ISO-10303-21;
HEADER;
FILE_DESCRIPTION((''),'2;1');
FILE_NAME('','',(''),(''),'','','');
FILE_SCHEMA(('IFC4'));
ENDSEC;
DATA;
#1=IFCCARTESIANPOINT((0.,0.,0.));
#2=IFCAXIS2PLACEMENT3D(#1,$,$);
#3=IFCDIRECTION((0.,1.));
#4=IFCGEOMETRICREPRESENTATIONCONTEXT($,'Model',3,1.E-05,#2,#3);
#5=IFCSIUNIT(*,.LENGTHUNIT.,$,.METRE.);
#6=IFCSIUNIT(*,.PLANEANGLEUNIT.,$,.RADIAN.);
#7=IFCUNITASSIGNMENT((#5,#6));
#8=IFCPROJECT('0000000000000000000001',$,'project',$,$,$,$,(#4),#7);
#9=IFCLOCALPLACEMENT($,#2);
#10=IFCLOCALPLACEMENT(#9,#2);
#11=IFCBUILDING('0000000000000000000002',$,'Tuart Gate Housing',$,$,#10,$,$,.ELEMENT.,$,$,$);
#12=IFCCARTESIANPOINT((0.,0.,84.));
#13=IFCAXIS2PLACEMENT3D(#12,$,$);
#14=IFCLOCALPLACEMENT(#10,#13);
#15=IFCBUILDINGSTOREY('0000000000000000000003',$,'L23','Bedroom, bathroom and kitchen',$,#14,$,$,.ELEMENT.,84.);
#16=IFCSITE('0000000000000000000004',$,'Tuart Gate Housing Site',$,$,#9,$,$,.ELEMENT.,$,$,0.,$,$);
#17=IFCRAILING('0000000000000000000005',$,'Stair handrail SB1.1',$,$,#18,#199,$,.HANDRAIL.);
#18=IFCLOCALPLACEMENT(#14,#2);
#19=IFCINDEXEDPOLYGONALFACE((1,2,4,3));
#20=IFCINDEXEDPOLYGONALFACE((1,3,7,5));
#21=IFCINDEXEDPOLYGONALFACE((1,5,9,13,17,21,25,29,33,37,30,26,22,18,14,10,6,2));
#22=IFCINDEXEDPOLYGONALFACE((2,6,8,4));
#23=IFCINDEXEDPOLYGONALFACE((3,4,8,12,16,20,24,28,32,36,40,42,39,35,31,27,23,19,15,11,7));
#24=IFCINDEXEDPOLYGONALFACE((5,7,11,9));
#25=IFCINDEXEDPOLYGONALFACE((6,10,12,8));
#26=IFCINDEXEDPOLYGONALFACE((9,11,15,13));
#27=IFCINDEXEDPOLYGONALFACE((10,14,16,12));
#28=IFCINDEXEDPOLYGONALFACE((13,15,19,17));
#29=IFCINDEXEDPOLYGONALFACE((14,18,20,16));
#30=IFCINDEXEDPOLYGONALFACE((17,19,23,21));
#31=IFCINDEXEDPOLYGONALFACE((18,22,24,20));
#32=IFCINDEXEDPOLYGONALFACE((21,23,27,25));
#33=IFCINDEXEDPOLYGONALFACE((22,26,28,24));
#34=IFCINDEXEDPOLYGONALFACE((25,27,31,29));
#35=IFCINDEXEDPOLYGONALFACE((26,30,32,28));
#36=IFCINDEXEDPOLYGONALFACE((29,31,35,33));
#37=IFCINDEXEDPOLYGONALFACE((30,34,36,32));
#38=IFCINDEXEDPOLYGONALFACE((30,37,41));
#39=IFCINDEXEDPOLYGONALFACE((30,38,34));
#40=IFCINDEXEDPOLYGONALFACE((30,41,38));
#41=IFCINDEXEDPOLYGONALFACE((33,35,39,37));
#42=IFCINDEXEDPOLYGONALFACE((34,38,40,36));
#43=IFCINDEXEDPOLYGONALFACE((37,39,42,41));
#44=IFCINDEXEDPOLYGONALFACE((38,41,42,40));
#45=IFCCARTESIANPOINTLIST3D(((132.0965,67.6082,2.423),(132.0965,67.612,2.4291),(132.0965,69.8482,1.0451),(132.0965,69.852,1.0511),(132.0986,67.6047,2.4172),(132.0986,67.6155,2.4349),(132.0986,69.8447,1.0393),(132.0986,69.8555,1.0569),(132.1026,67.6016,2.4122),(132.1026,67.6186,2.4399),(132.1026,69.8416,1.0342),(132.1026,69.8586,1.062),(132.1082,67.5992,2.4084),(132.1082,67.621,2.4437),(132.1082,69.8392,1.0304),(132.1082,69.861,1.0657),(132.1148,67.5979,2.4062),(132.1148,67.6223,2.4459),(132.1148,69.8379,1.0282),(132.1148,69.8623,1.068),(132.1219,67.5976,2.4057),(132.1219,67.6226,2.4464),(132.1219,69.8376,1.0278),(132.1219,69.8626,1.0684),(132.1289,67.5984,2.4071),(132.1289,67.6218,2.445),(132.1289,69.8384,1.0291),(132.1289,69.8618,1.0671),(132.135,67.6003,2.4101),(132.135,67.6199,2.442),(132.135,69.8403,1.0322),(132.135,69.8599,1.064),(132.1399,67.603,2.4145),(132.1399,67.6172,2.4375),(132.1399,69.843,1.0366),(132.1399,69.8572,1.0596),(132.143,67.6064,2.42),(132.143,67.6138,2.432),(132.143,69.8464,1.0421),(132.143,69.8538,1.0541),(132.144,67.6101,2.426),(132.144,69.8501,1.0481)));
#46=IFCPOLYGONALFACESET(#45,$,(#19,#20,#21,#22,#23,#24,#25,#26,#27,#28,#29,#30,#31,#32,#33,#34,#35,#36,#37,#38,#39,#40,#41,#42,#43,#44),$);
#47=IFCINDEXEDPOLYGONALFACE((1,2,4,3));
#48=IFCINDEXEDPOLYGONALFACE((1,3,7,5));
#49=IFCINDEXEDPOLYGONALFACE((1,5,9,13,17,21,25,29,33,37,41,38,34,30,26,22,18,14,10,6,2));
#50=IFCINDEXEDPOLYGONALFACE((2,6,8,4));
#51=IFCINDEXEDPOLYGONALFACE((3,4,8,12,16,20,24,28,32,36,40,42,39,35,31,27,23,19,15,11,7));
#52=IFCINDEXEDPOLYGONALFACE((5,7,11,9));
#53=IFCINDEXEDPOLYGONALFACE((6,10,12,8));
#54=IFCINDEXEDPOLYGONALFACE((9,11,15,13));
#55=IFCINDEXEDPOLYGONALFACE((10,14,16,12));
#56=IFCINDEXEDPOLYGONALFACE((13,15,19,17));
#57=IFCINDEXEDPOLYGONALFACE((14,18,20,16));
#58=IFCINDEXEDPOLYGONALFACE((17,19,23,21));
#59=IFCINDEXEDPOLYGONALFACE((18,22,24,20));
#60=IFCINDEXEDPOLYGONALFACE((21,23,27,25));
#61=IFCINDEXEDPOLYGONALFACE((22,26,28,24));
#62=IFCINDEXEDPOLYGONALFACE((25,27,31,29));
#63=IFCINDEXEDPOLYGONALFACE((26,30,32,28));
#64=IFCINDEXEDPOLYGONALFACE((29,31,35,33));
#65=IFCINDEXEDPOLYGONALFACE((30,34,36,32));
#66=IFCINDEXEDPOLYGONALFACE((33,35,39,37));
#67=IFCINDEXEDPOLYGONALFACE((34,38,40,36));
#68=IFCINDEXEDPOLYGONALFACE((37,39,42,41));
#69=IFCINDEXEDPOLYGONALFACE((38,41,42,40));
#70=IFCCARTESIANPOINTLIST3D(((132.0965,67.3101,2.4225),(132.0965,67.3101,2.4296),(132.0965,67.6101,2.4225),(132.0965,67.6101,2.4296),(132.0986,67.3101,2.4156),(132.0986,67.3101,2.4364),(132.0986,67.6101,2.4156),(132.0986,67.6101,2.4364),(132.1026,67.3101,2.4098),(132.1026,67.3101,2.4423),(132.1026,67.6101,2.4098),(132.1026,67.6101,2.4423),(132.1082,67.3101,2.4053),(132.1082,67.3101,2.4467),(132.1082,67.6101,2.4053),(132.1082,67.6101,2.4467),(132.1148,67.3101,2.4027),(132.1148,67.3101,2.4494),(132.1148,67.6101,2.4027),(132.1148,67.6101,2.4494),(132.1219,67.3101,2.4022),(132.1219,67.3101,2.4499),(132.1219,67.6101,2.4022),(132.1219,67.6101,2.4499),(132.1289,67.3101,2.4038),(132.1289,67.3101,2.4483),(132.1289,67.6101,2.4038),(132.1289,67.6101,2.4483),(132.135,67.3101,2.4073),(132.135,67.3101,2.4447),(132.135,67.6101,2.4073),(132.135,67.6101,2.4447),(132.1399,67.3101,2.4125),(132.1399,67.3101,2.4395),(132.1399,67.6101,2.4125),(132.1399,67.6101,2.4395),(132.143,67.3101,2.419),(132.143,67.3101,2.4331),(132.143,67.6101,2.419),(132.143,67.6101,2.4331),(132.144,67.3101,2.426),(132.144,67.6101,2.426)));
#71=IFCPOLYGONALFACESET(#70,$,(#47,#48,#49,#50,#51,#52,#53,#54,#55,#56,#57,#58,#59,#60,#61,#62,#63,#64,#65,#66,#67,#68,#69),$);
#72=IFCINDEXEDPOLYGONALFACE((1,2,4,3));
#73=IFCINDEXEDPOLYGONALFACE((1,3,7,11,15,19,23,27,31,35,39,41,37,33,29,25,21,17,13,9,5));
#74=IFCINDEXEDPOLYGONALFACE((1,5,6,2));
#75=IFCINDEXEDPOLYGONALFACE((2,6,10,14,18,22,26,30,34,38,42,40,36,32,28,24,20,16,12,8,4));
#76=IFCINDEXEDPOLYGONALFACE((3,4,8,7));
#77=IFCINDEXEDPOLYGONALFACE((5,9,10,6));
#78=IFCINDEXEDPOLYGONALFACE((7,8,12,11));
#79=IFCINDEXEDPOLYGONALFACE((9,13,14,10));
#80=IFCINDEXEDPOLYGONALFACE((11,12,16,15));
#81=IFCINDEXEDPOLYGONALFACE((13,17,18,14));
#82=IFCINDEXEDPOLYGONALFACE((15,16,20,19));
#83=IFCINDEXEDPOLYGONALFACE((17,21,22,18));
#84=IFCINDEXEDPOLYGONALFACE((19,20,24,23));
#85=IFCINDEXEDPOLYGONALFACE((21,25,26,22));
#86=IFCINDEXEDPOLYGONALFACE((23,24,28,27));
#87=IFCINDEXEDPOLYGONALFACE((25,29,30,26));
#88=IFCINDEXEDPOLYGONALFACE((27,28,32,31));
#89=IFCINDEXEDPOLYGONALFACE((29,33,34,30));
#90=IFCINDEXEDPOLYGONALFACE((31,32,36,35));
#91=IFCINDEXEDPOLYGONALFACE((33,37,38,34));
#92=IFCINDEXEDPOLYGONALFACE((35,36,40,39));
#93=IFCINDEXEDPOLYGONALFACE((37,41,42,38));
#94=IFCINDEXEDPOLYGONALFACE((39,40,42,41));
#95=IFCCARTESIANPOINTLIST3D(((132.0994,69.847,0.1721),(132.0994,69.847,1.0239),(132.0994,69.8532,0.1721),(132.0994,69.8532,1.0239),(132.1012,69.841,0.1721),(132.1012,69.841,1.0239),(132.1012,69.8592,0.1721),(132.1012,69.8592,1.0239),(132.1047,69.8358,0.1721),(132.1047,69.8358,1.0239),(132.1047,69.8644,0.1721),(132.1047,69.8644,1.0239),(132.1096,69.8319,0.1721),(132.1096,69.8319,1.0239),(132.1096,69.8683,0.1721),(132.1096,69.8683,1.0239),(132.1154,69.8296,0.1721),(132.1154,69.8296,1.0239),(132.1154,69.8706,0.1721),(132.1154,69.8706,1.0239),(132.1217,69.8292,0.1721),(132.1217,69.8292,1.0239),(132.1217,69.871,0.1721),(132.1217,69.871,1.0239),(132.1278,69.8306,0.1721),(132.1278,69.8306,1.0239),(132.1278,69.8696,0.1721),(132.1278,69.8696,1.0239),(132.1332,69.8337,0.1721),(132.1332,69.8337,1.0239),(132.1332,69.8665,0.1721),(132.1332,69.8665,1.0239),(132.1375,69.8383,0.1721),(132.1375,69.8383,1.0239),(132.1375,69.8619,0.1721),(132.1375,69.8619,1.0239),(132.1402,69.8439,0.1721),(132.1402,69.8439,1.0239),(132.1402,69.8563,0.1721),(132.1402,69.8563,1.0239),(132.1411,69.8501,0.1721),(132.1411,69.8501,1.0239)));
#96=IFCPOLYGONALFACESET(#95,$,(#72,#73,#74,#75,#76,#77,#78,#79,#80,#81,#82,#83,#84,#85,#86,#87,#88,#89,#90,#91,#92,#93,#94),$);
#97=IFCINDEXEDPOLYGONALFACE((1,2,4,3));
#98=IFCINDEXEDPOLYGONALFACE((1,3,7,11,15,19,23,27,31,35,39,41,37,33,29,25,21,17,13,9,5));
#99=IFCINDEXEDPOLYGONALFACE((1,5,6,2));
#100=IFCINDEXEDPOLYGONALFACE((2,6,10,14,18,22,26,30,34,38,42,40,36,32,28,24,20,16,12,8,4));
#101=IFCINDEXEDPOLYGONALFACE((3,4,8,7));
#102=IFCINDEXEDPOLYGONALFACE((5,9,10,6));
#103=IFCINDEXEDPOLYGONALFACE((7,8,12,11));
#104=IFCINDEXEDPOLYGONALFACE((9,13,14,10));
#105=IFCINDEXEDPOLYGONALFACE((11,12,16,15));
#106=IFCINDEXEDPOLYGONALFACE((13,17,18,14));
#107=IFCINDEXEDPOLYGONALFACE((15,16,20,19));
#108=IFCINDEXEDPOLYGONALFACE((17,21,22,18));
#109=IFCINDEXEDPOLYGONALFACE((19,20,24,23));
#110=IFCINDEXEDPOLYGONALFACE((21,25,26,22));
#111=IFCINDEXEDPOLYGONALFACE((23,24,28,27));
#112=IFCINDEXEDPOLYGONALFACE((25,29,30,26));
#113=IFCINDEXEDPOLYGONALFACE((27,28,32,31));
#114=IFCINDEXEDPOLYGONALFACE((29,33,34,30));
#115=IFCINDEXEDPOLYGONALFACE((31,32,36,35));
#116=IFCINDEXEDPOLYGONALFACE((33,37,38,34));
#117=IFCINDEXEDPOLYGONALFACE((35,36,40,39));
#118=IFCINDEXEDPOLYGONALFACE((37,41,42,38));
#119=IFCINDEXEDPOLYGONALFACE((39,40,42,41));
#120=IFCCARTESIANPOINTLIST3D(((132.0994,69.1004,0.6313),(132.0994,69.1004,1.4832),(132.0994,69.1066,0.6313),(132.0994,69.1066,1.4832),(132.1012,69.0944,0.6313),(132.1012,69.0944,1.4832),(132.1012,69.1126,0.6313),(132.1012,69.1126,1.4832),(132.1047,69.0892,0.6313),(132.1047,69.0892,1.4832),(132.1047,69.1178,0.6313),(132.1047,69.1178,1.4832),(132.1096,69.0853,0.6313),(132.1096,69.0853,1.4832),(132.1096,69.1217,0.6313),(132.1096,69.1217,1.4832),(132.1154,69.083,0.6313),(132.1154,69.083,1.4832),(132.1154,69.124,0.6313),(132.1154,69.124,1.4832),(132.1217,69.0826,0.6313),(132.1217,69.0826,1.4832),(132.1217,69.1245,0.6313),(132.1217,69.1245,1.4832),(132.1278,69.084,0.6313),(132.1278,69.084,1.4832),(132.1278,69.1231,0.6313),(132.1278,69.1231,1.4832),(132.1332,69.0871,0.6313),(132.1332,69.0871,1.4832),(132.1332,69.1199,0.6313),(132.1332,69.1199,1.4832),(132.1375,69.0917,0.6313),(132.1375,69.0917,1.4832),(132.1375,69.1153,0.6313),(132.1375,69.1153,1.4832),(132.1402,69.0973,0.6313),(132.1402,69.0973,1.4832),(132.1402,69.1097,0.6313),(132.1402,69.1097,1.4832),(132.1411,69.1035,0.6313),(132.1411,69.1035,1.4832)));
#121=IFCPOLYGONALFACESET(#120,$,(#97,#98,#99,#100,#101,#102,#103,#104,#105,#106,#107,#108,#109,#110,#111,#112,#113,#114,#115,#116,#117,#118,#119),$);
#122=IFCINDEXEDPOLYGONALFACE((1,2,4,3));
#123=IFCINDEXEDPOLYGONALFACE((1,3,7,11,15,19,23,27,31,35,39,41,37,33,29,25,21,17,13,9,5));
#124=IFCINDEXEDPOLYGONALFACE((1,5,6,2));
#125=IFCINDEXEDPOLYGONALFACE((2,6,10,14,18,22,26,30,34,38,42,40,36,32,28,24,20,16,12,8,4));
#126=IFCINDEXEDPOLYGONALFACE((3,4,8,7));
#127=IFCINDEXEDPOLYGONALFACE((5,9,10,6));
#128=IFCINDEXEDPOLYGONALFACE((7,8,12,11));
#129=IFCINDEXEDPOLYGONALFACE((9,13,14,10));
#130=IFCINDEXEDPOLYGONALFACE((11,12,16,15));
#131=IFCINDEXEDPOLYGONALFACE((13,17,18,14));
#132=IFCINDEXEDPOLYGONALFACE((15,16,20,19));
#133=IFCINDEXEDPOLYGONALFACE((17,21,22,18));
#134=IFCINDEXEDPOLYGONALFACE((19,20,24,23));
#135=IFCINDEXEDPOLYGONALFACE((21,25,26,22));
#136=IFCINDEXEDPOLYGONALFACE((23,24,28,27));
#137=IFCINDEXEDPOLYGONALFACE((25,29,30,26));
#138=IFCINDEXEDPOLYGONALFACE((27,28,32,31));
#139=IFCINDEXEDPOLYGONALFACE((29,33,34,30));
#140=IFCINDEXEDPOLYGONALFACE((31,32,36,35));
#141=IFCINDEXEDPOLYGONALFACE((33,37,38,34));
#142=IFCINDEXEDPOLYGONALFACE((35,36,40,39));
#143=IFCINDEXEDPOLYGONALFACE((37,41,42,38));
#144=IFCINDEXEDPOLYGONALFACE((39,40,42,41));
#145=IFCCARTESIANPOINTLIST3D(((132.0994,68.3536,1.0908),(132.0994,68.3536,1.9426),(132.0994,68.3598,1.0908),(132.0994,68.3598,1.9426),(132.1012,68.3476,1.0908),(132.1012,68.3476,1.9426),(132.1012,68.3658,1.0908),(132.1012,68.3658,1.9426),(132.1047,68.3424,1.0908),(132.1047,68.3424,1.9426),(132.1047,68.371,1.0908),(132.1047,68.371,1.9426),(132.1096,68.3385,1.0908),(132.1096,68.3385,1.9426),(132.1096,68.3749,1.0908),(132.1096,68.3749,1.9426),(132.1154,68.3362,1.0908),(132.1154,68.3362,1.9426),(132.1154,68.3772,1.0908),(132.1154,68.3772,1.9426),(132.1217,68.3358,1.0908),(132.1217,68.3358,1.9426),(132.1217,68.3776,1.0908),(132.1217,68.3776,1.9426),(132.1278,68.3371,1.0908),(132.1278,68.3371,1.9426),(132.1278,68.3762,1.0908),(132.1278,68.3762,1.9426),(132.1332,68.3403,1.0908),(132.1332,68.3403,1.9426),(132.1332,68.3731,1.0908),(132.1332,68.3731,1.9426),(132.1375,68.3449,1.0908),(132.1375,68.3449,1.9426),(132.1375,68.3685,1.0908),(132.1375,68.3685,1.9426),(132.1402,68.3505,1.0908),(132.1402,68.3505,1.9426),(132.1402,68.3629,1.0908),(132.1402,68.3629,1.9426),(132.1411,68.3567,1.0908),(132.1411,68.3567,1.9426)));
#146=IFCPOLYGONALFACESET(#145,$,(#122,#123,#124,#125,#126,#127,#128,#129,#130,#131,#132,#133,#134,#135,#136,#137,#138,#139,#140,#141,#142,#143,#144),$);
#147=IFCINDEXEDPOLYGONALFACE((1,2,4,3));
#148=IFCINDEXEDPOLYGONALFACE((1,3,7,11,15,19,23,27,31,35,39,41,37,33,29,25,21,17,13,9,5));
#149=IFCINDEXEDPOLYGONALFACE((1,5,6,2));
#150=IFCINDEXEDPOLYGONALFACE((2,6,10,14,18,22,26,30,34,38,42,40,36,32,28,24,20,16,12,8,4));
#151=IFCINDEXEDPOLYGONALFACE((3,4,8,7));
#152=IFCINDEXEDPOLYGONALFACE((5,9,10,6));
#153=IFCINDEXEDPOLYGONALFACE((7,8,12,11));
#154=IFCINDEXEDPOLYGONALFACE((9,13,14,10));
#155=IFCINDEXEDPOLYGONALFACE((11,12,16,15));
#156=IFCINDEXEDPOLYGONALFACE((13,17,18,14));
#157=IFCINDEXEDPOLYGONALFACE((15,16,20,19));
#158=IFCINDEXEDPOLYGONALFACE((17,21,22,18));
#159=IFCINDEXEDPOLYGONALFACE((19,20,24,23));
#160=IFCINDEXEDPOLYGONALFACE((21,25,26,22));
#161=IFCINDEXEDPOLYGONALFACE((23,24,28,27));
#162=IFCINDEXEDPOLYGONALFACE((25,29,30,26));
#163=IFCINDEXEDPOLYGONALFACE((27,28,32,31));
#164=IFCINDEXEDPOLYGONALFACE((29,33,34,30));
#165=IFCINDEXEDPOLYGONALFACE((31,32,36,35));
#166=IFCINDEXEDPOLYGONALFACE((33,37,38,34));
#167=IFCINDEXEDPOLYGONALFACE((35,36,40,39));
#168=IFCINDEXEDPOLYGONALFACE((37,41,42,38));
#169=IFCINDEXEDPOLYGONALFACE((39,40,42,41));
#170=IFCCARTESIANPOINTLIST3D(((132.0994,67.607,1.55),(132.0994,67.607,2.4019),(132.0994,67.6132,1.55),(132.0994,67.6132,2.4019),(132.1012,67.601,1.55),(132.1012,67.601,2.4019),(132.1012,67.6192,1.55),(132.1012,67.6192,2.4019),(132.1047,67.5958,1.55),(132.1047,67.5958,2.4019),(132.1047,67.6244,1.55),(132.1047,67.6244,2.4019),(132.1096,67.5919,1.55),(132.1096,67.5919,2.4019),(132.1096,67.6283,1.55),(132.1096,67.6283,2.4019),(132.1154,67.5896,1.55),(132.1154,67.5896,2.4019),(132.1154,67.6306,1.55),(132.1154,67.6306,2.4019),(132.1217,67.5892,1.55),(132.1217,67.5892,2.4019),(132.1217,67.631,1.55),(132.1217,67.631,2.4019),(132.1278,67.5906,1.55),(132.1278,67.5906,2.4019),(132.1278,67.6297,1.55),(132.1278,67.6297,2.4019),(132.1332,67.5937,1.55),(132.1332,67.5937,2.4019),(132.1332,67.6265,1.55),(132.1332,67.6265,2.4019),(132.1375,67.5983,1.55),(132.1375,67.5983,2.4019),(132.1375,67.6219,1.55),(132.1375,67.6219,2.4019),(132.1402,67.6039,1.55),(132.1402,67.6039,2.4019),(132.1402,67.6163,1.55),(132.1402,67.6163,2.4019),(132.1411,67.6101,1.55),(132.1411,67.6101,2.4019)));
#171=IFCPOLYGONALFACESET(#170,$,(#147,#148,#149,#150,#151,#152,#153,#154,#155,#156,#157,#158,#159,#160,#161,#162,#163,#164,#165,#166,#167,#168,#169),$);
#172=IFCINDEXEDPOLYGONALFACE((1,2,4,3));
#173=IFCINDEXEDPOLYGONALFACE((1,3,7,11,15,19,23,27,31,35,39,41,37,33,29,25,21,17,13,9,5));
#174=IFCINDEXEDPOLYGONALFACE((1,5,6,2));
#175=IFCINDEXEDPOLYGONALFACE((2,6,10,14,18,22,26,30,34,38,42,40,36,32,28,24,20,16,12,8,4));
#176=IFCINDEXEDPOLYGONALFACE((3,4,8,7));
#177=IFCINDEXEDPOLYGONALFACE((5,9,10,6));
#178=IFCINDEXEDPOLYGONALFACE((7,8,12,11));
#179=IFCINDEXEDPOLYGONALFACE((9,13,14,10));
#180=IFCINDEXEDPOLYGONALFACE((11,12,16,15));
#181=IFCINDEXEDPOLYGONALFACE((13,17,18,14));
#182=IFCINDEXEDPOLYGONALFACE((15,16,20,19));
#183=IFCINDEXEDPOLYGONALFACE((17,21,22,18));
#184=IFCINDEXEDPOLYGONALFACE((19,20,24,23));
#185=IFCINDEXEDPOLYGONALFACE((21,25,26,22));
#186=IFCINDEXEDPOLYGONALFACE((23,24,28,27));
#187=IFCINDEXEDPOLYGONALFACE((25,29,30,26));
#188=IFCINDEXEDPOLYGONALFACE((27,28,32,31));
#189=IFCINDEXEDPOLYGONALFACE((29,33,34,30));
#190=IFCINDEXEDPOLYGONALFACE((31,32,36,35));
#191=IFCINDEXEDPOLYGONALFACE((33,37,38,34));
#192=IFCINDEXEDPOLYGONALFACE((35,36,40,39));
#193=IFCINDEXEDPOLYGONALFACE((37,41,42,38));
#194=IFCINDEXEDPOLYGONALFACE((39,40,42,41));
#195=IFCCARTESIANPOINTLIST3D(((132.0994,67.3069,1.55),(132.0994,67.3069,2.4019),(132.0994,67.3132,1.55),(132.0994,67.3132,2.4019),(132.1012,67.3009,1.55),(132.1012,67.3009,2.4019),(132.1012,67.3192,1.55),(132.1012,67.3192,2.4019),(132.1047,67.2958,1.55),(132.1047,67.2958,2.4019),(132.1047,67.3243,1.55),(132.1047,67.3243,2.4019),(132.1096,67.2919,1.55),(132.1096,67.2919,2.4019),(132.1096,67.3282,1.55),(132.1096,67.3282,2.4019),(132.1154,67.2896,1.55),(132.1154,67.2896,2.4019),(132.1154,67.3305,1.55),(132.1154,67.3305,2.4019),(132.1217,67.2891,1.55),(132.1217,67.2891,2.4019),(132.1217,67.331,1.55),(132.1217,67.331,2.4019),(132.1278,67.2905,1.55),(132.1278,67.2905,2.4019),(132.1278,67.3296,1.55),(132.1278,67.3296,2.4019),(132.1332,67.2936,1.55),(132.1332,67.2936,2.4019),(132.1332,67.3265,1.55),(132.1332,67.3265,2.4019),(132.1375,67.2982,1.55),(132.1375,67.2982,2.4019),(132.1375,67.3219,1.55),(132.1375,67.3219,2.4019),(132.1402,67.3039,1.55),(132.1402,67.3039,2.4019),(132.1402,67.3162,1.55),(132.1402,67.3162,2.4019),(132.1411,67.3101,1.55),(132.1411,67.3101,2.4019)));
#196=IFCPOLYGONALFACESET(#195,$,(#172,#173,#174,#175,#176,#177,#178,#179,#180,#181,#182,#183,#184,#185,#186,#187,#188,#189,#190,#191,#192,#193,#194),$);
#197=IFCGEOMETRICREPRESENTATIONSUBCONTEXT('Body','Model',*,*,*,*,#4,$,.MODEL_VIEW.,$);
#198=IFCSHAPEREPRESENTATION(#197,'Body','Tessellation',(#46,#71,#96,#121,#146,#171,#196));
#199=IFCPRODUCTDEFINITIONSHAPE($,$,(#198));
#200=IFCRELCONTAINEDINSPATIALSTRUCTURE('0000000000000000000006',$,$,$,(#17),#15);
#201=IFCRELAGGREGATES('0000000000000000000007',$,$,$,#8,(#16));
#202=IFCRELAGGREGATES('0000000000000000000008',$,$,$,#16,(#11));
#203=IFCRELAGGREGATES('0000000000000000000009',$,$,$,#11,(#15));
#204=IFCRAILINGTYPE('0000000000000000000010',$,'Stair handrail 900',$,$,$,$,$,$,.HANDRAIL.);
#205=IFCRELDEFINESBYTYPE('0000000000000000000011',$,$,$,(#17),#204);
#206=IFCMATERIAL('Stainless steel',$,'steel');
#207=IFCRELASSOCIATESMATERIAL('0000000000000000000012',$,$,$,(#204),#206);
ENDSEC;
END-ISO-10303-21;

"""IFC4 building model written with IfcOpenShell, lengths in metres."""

from ifc_helpers import new_model, si_unit, direction, frame, origin, origin_2d, place, context, subcontext, project, spatial, circle, extrude, material, type_object, element, save


model = new_model("IFC4")

# Units and contexts
model_context = context("Model", 3, precision=1e-05, world=origin(), true_north=direction((0.0, 1.0)))
body_context = subcontext(model_context, "Body", "Model", "MODEL_VIEW")
ifc_project = project(units=[si_unit("LENGTHUNIT", "METRE"), si_unit("PLANEANGLEUNIT", "RADIAN")], contexts=[model_context])

# Site, building, storey
site_placement = place(None, origin())
site = spatial("IfcSite", under=ifc_project, at=site_placement, Name="Tuart Gate Housing Site", CompositionType="ELEMENT", RefElevation=0.0)
building_placement = place(site_placement, origin())
building = spatial("IfcBuilding", under=site, at=building_placement, Name="Tuart Gate Housing", CompositionType="ELEMENT")
storey_placement = place(building_placement, frame((0.0, 0.0, 84.0)))
storey = spatial("IfcBuildingStorey", under=building, at=storey_placement, Name="L23", Description="Bedroom, bathroom and kitchen", CompositionType="ELEMENT", Elevation=84.0)

# Railing
ifc_material_1 = material(Name="Stainless steel", Category="steel")
railing_type = type_object("IfcRailingType", Name="Stair handrail 900", PredefinedType="HANDRAIL", material=ifc_material_1)
railing_placement = place(storey_placement, frame((132.1201, 69.8501, 0.1721)))
element("IfcRailing", 1, at=railing_placement, inside=storey, type_object=railing_type, Name="Stair handrail SB1.1", PredefinedType="HANDRAIL", context=body_context, shape_type="SweptSolid", body=[
    extrude(circle(Radius=0.0239, at=origin_2d()), frame((0.0, 0.0, 0.876), z_axis=(0.0, -0.851748, 0.523952), x_axis=(1.0, 0.0, 0.0)), (0.0, 0.0, 1.0), 2.6299),
    extrude(circle(Radius=0.0239, at=origin_2d()), frame((0.0, -2.24, 2.2539), z_axis=(0.0, -1.0, 0.0), x_axis=(1.0, 0.0, 0.0)), (0.0, 0.0, 1.0), 0.3),
    extrude(circle(Radius=0.021, at=origin_2d()), origin(), (0.0, 0.0, 1.0), 0.8518),
    extrude(circle(Radius=0.021, at=origin_2d()), frame((0.0, -0.7466, 0.4592)), (0.0, 0.0, 1.0), 0.8518),
    extrude(circle(Radius=0.021, at=origin_2d()), frame((0.0, -1.4934, 0.9187)), (0.0, 0.0, 1.0), 0.8518),
    extrude(circle(Radius=0.021, at=origin_2d()), frame((0.0, -2.24, 1.3779)), (0.0, 0.0, 1.0), 0.8518),
    extrude(circle(Radius=0.021, at=origin_2d()), frame((0.0, -2.54, 1.3779)), (0.0, 0.0, 1.0), 0.8518),
])

save(model, "model.ifc")
